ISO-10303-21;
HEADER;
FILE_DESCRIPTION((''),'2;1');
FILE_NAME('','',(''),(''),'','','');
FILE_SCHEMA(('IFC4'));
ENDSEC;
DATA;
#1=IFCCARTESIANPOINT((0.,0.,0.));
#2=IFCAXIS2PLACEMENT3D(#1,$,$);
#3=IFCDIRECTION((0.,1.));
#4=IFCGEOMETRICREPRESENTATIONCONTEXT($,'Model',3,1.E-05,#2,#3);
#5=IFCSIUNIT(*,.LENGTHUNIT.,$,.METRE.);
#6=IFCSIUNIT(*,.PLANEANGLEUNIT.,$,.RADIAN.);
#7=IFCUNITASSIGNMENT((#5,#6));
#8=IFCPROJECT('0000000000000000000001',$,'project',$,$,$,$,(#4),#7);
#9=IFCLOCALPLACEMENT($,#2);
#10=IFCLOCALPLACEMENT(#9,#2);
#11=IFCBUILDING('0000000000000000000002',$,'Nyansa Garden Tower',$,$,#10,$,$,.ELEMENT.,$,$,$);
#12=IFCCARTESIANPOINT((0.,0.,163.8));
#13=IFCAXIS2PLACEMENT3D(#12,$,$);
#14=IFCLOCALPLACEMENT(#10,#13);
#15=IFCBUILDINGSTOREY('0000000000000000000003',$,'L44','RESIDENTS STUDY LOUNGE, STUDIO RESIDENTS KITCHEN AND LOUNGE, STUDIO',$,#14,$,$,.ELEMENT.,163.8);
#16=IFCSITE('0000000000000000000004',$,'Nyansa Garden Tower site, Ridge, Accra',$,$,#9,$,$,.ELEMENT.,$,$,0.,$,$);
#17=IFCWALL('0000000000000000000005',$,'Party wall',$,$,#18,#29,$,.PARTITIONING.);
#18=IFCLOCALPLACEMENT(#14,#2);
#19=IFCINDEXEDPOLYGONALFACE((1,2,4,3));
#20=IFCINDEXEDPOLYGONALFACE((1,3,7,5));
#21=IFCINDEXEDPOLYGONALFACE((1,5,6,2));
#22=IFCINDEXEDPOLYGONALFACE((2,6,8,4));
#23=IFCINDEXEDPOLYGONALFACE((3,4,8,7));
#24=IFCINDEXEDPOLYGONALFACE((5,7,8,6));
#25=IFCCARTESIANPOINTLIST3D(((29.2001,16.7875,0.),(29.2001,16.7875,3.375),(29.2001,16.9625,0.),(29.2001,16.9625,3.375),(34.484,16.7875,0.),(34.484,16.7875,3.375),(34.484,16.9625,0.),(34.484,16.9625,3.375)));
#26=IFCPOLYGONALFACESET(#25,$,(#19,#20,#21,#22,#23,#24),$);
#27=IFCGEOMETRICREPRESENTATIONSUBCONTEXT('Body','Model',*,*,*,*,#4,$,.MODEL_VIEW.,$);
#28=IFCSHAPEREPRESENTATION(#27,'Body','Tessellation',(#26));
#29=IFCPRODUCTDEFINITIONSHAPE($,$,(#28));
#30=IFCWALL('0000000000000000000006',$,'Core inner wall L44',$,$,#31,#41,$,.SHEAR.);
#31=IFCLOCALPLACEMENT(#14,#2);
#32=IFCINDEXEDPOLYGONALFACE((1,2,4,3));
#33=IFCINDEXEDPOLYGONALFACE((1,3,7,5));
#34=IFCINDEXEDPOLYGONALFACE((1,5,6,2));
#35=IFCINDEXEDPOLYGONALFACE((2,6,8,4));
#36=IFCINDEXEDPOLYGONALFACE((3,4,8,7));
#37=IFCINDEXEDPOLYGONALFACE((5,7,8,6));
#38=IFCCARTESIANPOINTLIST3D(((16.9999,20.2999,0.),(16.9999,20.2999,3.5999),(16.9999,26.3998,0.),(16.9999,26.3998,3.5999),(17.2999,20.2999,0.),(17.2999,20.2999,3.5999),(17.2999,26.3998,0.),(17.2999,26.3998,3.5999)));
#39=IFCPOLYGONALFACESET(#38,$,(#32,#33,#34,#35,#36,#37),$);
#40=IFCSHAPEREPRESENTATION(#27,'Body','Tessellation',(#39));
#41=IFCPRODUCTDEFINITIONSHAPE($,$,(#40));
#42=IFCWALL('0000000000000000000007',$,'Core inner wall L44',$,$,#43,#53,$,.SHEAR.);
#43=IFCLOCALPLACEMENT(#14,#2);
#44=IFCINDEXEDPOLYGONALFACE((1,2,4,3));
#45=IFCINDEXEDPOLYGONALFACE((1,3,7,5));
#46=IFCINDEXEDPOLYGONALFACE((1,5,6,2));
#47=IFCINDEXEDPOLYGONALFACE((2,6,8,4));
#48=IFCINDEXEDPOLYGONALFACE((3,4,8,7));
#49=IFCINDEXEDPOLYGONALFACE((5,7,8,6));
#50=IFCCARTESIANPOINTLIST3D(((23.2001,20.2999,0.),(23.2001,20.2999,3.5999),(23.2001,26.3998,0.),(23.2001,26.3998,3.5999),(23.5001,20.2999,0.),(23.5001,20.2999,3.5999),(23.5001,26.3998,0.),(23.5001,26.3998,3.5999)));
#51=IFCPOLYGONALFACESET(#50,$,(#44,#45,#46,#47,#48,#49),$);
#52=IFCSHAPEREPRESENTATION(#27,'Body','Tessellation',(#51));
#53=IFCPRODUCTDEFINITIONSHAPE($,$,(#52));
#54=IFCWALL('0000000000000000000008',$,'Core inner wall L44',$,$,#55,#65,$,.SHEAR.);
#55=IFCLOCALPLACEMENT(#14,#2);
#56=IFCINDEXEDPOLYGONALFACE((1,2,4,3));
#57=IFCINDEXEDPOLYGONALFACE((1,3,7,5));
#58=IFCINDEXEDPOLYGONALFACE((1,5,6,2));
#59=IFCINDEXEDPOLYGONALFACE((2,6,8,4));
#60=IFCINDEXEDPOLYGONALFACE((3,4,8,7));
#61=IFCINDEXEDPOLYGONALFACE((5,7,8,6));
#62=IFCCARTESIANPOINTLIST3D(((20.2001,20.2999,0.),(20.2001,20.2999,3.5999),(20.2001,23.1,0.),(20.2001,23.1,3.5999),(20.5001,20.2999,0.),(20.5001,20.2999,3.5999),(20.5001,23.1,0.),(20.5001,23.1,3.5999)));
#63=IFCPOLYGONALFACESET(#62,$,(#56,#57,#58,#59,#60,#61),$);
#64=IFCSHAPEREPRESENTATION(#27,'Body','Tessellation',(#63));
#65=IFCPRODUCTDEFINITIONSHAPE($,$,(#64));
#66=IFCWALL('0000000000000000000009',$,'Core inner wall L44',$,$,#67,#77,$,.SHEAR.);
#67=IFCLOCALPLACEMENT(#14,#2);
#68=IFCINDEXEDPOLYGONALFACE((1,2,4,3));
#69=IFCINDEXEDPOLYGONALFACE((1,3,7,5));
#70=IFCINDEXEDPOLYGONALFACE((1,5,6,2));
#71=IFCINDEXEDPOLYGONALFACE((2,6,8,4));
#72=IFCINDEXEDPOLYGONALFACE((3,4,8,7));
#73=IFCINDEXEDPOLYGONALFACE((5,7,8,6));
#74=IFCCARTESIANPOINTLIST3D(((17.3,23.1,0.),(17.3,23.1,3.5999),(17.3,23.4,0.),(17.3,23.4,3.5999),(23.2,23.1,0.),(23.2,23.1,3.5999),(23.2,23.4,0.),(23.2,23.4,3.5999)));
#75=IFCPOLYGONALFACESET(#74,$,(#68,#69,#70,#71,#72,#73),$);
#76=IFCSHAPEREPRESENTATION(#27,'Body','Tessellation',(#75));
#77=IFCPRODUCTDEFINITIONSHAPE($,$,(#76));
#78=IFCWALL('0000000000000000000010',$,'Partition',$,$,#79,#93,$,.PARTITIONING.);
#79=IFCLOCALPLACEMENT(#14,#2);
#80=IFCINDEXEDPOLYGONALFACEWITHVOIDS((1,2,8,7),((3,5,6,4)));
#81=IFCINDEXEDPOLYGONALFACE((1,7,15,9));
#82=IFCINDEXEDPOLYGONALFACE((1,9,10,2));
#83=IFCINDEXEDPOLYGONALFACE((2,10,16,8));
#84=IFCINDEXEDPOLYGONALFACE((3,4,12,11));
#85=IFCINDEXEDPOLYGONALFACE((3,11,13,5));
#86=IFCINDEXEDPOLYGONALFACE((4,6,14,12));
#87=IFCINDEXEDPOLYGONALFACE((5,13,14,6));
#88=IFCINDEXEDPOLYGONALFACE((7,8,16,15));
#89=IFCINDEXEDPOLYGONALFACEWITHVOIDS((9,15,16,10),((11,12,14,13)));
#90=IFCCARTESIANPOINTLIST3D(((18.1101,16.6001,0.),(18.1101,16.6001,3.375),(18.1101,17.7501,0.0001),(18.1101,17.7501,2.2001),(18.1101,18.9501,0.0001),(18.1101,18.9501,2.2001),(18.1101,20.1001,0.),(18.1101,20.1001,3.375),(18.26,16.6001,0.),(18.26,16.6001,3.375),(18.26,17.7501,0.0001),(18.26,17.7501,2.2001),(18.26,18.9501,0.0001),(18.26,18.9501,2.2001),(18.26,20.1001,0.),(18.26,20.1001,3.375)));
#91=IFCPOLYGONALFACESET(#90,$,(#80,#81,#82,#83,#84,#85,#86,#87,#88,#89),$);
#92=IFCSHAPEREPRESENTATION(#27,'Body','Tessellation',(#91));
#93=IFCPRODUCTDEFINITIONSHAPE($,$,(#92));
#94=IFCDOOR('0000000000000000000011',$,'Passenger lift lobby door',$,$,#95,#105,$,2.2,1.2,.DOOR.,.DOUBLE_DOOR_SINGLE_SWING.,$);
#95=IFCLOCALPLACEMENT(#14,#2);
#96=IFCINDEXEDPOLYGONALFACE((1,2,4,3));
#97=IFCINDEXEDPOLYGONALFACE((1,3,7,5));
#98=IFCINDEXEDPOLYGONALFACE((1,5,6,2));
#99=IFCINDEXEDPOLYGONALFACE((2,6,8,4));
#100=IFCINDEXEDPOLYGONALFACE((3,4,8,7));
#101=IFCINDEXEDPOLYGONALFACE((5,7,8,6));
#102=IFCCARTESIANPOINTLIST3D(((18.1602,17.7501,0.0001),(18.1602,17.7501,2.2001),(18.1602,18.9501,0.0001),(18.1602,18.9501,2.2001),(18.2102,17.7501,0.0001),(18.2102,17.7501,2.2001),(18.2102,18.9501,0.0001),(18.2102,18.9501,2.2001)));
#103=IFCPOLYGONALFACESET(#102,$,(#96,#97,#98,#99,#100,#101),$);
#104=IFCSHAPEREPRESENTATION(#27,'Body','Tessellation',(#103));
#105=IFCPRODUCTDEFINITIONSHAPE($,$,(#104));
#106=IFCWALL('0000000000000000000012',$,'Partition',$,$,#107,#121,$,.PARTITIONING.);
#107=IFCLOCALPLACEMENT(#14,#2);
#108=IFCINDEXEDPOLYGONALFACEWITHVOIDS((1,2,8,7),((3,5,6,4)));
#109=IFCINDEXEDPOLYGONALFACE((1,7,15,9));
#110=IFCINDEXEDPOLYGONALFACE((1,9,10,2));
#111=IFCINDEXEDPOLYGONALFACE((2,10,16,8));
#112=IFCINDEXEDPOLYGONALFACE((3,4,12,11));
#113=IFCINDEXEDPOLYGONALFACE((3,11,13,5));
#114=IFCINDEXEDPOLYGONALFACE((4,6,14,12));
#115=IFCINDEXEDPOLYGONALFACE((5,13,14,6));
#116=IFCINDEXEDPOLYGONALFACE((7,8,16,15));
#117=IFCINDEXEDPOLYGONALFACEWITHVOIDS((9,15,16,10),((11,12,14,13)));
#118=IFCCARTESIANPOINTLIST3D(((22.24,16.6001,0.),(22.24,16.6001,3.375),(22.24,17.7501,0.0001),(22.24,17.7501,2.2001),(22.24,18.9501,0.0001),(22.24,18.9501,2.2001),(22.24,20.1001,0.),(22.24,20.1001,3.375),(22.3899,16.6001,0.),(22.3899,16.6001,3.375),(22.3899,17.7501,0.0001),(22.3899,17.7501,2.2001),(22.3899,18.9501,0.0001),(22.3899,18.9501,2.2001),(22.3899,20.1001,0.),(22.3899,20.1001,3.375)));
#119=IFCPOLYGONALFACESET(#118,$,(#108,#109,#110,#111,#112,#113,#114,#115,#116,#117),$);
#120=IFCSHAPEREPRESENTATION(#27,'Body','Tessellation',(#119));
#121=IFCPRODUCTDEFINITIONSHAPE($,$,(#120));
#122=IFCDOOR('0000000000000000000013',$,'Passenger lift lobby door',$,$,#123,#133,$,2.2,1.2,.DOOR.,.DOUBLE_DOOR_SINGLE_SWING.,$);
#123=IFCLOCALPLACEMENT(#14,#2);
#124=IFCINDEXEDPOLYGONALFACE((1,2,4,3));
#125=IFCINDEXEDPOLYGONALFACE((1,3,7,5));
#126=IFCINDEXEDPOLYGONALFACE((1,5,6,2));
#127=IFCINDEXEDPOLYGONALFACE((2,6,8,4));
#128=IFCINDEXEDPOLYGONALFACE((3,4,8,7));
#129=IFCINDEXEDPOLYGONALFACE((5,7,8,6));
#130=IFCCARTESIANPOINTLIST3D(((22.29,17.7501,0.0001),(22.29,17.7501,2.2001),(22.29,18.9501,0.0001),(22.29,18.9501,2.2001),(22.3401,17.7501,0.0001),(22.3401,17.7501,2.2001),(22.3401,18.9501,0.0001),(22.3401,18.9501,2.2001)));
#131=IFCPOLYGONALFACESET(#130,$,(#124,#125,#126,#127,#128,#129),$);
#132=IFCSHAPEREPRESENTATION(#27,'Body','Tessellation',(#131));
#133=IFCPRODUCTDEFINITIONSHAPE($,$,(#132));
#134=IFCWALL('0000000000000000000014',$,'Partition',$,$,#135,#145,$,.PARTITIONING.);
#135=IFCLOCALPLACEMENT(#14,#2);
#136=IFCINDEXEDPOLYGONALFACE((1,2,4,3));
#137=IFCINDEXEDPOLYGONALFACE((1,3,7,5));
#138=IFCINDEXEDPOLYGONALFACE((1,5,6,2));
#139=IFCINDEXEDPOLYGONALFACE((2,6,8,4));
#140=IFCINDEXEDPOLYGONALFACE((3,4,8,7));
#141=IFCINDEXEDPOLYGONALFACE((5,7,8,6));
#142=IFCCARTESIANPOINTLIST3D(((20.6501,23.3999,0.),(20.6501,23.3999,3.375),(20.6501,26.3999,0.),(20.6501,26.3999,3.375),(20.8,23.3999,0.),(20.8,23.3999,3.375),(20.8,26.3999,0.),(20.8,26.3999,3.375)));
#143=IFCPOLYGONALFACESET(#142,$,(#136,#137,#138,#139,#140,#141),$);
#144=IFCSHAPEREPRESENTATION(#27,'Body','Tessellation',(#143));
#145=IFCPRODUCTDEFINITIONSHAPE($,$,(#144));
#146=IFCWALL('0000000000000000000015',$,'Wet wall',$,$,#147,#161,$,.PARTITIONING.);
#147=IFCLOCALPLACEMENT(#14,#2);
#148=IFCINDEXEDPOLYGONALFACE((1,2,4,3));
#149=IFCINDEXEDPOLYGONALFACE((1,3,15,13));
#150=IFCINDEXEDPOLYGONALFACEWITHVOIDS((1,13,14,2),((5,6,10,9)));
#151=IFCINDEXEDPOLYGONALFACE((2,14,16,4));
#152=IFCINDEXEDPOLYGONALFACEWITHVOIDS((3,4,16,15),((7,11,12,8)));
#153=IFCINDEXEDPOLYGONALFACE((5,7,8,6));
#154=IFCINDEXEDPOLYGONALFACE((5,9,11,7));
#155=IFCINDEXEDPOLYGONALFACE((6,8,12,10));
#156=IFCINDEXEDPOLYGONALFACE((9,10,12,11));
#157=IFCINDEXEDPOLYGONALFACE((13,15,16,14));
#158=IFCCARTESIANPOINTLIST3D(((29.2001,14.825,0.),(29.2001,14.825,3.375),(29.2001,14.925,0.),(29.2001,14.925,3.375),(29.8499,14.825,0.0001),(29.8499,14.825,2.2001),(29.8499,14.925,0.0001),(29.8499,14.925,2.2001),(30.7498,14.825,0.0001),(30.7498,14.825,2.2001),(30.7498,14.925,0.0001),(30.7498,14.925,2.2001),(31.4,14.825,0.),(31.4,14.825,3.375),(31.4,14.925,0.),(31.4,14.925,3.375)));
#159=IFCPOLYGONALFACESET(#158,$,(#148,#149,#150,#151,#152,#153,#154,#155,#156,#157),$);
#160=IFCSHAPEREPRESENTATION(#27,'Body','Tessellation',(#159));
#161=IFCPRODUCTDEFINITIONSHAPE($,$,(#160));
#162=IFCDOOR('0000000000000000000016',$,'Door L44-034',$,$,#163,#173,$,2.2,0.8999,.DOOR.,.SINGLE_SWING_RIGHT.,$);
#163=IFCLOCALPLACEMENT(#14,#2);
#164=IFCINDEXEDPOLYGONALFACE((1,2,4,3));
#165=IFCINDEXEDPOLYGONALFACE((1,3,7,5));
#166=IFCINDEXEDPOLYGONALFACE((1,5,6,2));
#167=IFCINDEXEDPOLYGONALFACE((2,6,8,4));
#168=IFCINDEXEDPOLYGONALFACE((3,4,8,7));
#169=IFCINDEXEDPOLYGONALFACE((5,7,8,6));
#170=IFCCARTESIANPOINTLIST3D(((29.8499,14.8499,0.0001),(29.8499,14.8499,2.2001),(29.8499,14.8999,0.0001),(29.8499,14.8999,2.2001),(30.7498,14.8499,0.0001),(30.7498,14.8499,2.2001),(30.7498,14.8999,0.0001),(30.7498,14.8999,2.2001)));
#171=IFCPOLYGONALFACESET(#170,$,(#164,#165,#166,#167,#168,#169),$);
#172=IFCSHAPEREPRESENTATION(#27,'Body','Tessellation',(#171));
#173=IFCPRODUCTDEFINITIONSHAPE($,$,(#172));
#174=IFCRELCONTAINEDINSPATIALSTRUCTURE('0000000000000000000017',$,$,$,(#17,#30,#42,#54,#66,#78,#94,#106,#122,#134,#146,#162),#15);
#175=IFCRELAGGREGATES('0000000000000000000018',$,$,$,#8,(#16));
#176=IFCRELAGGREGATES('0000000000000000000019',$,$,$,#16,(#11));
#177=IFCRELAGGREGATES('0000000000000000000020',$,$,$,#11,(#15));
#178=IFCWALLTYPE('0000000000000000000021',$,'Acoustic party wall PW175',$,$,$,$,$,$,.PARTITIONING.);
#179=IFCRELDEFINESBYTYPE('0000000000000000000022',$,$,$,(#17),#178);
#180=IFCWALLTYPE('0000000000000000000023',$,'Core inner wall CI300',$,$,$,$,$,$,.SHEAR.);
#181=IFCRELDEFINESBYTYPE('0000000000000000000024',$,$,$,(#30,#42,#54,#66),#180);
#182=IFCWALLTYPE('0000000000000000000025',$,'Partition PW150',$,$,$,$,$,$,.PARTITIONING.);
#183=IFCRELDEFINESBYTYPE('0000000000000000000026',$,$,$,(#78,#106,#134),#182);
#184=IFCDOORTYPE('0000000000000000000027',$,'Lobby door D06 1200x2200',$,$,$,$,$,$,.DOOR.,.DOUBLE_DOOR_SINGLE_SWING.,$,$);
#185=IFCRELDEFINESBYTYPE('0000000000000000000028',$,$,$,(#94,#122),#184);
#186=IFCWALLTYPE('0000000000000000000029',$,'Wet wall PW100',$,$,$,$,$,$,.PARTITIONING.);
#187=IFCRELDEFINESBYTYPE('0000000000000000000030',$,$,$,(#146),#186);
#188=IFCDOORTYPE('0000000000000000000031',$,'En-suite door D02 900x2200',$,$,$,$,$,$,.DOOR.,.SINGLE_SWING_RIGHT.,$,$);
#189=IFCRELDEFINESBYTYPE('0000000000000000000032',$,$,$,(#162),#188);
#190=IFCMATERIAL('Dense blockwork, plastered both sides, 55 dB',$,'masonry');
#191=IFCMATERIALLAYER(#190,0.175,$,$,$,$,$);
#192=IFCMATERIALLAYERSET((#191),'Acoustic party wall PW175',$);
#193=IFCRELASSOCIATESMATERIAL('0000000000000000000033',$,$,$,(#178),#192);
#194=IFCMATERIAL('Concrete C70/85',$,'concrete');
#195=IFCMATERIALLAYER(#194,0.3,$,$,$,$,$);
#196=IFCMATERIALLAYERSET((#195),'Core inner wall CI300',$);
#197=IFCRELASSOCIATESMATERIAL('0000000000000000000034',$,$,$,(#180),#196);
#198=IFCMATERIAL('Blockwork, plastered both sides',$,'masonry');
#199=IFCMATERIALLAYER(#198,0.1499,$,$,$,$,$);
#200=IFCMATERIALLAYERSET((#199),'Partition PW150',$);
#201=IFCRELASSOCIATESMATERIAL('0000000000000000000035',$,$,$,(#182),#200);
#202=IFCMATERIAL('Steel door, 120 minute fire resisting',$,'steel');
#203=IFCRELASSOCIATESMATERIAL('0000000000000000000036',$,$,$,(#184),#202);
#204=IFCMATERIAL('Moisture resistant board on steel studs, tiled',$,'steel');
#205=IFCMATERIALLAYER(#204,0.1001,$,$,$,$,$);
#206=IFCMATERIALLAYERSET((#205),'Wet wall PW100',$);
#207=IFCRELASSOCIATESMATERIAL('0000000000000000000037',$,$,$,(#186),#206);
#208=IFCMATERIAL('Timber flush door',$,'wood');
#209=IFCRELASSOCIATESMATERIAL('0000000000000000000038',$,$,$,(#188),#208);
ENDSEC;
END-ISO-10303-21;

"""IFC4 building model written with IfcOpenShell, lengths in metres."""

from ifc_helpers import new_model, si_unit, direction, frame, frame_2d, origin, place, context, subcontext, project, spatial, rectangle, extrude, material, layer, layer_set, type_object, element, fill, save


model = new_model("IFC4")

# Units and contexts
model_context = context("Model", 3, precision=1e-05, world=origin(), true_north=direction((0.0, 1.0)))
body_context = subcontext(model_context, "Body", "Model", "MODEL_VIEW")
ifc_project = project(units=[si_unit("LENGTHUNIT", "METRE"), si_unit("PLANEANGLEUNIT", "RADIAN")], contexts=[model_context])

# Site, building, storey
site_placement = place(None, origin())
site = spatial("IfcSite", under=ifc_project, at=site_placement, Name="Nyansa Garden Tower site, Ridge, Accra", CompositionType="ELEMENT", RefElevation=0.0)
building_placement = place(site_placement, origin())
building = spatial("IfcBuilding", under=site, at=building_placement, Name="Nyansa Garden Tower", CompositionType="ELEMENT")
storey_placement = place(building_placement, frame((0.0, 0.0, 163.8)))
storey = spatial("IfcBuildingStorey", under=building, at=storey_placement, Name="L44", Description="RESIDENTS STUDY LOUNGE, STUDIO RESIDENTS KITCHEN AND LOUNGE, STUDIO", CompositionType="ELEMENT", Elevation=163.8)

# Walls
ifc_material_1 = material(Name="Dense blockwork, plastered both sides, 55 dB", Category="masonry")
ifc_layer_1 = layer(ifc_material_1, 0.175)
ifc_layer_set_1 = layer_set([ifc_layer_1], Name="Acoustic party wall PW175")
wall_type_1 = type_object("IfcWallType", Name="Acoustic party wall PW175", PredefinedType="PARTITIONING", material=ifc_layer_set_1)
wall_1_placement = place(storey_placement, frame((29.2, 16.875, 0.0), z_axis=(0.0, 0.0, 1.0), x_axis=(1.0, 0.0, 0.0)))
element("IfcWall", 1, at=wall_1_placement, inside=storey, type_object=wall_type_1, Name="Party wall", PredefinedType="PARTITIONING", context=body_context, shape_type="SweptSolid", body=[
    extrude(rectangle(XDim=5.2839, YDim=0.175, at=frame_2d((2.6421, 0.0))), origin(), (0.0, 0.0, 1.0), 3.375),
])
ifc_material_2 = material(Name="Concrete C70/85", Category="concrete")
ifc_layer_2 = layer(ifc_material_2, 0.3)
ifc_layer_set_2 = layer_set([ifc_layer_2], Name="Core inner wall CI300")
wall_type_2 = type_object("IfcWallType", Name="Core inner wall CI300", PredefinedType="SHEAR", material=ifc_layer_set_2)
for number, where, z_axis, x_axis, name in (
    (2, (17.1499, 20.3, 0.0), (0.0, 0.0, 1.0), (0.0, 1.0, 0.0), "Core inner wall L44"),
    (3, (23.3501, 20.3, 0.0), (0.0, 0.0, 1.0), (0.0, 1.0, 0.0), "Core inner wall L44"),
):
    element("IfcWall", number, at=place(storey_placement, frame(where, z_axis=z_axis, x_axis=x_axis)), inside=storey, type_object=wall_type_2, Name=name, PredefinedType="SHEAR", context=body_context, shape_type="SweptSolid", body=[
        extrude(rectangle(XDim=6.0999, YDim=0.3, at=frame_2d((3.0498, 0.0))), origin(), (0.0, 0.0, 1.0), 3.5999),
    ])
wall_2_placement = place(storey_placement, frame((20.3501, 20.3, 0.0), z_axis=(0.0, 0.0, 1.0), x_axis=(0.0, 1.0, 0.0)))
element("IfcWall", 4, at=wall_2_placement, inside=storey, type_object=wall_type_2, Name="Core inner wall L44", PredefinedType="SHEAR", context=body_context, shape_type="SweptSolid", body=[
    extrude(rectangle(XDim=2.8, YDim=0.3, at=frame_2d((1.3999, 0.0))), origin(), (0.0, 0.0, 1.0), 3.5999),
])
wall_3_placement = place(storey_placement, frame((17.3, 23.25, 0.0), z_axis=(0.0, 0.0, 1.0), x_axis=(1.0, 0.0, 0.0)))
element("IfcWall", 5, at=wall_3_placement, inside=storey, type_object=wall_type_2, Name="Core inner wall L44", PredefinedType="SHEAR", context=body_context, shape_type="SweptSolid", body=[
    extrude(rectangle(XDim=5.8999, YDim=0.3, at=frame_2d((2.95, 0.0))), origin(), (0.0, 0.0, 1.0), 3.5999),
])

# Walls, openings, doors
ifc_material_3 = material(Name="Blockwork, plastered both sides", Category="masonry")
ifc_layer_3 = layer(ifc_material_3, 0.1499)
ifc_layer_set_3 = layer_set([ifc_layer_3], Name="Partition PW150")
wall_type_3 = type_object("IfcWallType", Name="Partition PW150", PredefinedType="PARTITIONING", material=ifc_layer_set_3)
wall_4_placement = place(storey_placement, frame((18.1851, 16.6001, 0.0), z_axis=(0.0, 0.0, 1.0), x_axis=(0.0, 1.0, 0.0)))
wall_4 = element("IfcWall", 6, at=wall_4_placement, inside=storey, type_object=wall_type_3, Name="Partition", PredefinedType="PARTITIONING", context=body_context, shape_type="SweptSolid", body=[
    extrude(rectangle(XDim=3.5, YDim=0.1499, at=frame_2d((1.75, 0.0))), origin(), (0.0, 0.0, 1.0), 3.375),
])
opening_1_placement = place(wall_4_placement, frame((1.1499, 0.0, 0.0)))
opening_1 = element("IfcOpeningElement", 7, at=opening_1_placement, cuts=wall_4, PredefinedType="OPENING", context=body_context, shape_type="SweptSolid", body=[
    extrude(rectangle(XDim=1.2, YDim=2.2, at=frame_2d((0.6001, 1.1001))), frame((0.0, 0.085, 0.0), z_axis=(0.0, -1.0, 0.0), x_axis=(1.0, 0.0, 0.0)), (0.0, 0.0, 1.0), 0.1699),
])
ifc_material_4 = material(Name="Steel door, 120 minute fire resisting", Category="steel")
door_type_1 = type_object("IfcDoorType", Name="Lobby door D06 1200x2200", OperationType="DOUBLE_DOOR_SINGLE_SWING", PredefinedType="DOOR", material=ifc_material_4)
door_1_placement = place(opening_1_placement, origin())
door_1 = element("IfcDoor", 8, at=door_1_placement, inside=storey, type_object=door_type_1, Name="Passenger lift lobby door", OperationType="DOUBLE_DOOR_SINGLE_SWING", OverallHeight=2.2, OverallWidth=1.2, PredefinedType="DOOR", context=body_context, shape_type="SweptSolid", body=[
    extrude(rectangle(XDim=1.2, YDim=2.2, at=frame_2d((0.6001, 1.1001))), frame((0.0, 0.0249, 0.0), z_axis=(0.0, -1.0, 0.0), x_axis=(1.0, 0.0, 0.0)), (0.0, 0.0, 1.0), 0.05),
])
fill(opening_1, door_1)
wall_5_placement = place(storey_placement, frame((22.3149, 16.6001, 0.0), z_axis=(0.0, 0.0, 1.0), x_axis=(0.0, 1.0, 0.0)))
wall_5 = element("IfcWall", 9, at=wall_5_placement, inside=storey, type_object=wall_type_3, Name="Partition", PredefinedType="PARTITIONING", context=body_context, shape_type="SweptSolid", body=[
    extrude(rectangle(XDim=3.5, YDim=0.1499, at=frame_2d((1.75, 0.0))), origin(), (0.0, 0.0, 1.0), 3.375),
])
opening_2_placement = place(wall_5_placement, frame((1.1499, 0.0, 0.0)))
opening_2 = element("IfcOpeningElement", 10, at=opening_2_placement, cuts=wall_5, PredefinedType="OPENING", context=body_context, shape_type="SweptSolid", body=[
    extrude(rectangle(XDim=1.2, YDim=2.2, at=frame_2d((0.6001, 1.1001))), frame((0.0, 0.085, 0.0), z_axis=(0.0, -1.0, 0.0), x_axis=(1.0, 0.0, 0.0)), (0.0, 0.0, 1.0), 0.1699),
])
door_2_placement = place(opening_2_placement, origin())
door_2 = element("IfcDoor", 11, at=door_2_placement, inside=storey, type_object=door_type_1, Name="Passenger lift lobby door", OperationType="DOUBLE_DOOR_SINGLE_SWING", OverallHeight=2.2, OverallWidth=1.2, PredefinedType="DOOR", context=body_context, shape_type="SweptSolid", body=[
    extrude(rectangle(XDim=1.2, YDim=2.2, at=frame_2d((0.6001, 1.1001))), frame((0.0, 0.0249, 0.0), z_axis=(0.0, -1.0, 0.0), x_axis=(1.0, 0.0, 0.0)), (0.0, 0.0, 1.0), 0.05),
])
fill(opening_2, door_2)

# Wall
wall_6_placement = place(storey_placement, frame((20.7251, 23.3999, 0.0), z_axis=(0.0, 0.0, 1.0), x_axis=(0.0, 1.0, 0.0)))
element("IfcWall", 12, at=wall_6_placement, inside=storey, type_object=wall_type_3, Name="Partition", PredefinedType="PARTITIONING", context=body_context, shape_type="SweptSolid", body=[
    extrude(rectangle(XDim=3.0, YDim=0.1499, at=frame_2d((1.5, 0.0))), origin(), (0.0, 0.0, 1.0), 3.375),
])

# Wall, opening, door
ifc_material_5 = material(Name="Moisture resistant board on steel studs, tiled", Category="steel")
ifc_layer_4 = layer(ifc_material_5, 0.1001)
ifc_layer_set_4 = layer_set([ifc_layer_4], Name="Wet wall PW100")
wall_type_4 = type_object("IfcWallType", Name="Wet wall PW100", PredefinedType="PARTITIONING", material=ifc_layer_set_4)
wall_7_placement = place(storey_placement, frame((29.2, 14.875, 0.0), z_axis=(0.0, 0.0, 1.0), x_axis=(1.0, 0.0, 0.0)))
wall_7 = element("IfcWall", 13, at=wall_7_placement, inside=storey, type_object=wall_type_4, Name="Wet wall", PredefinedType="PARTITIONING", context=body_context, shape_type="SweptSolid", body=[
    extrude(rectangle(XDim=2.2, YDim=0.1001, at=frame_2d((1.1001, 0.0))), origin(), (0.0, 0.0, 1.0), 3.375),
])
opening_3_placement = place(wall_7_placement, frame((0.6499, 0.0, 0.0)))
opening_3 = element("IfcOpeningElement", 14, at=opening_3_placement, cuts=wall_7, PredefinedType="OPENING", context=body_context, shape_type="SweptSolid", body=[
    extrude(rectangle(XDim=0.8999, YDim=2.2, at=frame_2d((0.45, 1.1001))), frame((0.0, 0.0601, 0.0), z_axis=(0.0, -1.0, 0.0), x_axis=(1.0, 0.0, 0.0)), (0.0, 0.0, 1.0), 0.1201),
])
ifc_material_6 = material(Name="Timber flush door", Category="wood")
door_type_2 = type_object("IfcDoorType", Name="En-suite door D02 900x2200", OperationType="SINGLE_SWING_RIGHT", PredefinedType="DOOR", material=ifc_material_6)
door_3_placement = place(opening_3_placement, origin())
door_3 = element("IfcDoor", 15, at=door_3_placement, inside=storey, type_object=door_type_2, Name="Door L44-034", OperationType="SINGLE_SWING_RIGHT", OverallHeight=2.2, OverallWidth=0.8999, PredefinedType="DOOR", context=body_context, shape_type="SweptSolid", body=[
    extrude(rectangle(XDim=0.8999, YDim=2.2, at=frame_2d((0.45, 1.1001))), frame((0.0, 0.0249, 0.0), z_axis=(0.0, -1.0, 0.0), x_axis=(1.0, 0.0, 0.0)), (0.0, 0.0, 1.0), 0.05),
])
fill(opening_3, door_3)

save(model, "model.ifc")
